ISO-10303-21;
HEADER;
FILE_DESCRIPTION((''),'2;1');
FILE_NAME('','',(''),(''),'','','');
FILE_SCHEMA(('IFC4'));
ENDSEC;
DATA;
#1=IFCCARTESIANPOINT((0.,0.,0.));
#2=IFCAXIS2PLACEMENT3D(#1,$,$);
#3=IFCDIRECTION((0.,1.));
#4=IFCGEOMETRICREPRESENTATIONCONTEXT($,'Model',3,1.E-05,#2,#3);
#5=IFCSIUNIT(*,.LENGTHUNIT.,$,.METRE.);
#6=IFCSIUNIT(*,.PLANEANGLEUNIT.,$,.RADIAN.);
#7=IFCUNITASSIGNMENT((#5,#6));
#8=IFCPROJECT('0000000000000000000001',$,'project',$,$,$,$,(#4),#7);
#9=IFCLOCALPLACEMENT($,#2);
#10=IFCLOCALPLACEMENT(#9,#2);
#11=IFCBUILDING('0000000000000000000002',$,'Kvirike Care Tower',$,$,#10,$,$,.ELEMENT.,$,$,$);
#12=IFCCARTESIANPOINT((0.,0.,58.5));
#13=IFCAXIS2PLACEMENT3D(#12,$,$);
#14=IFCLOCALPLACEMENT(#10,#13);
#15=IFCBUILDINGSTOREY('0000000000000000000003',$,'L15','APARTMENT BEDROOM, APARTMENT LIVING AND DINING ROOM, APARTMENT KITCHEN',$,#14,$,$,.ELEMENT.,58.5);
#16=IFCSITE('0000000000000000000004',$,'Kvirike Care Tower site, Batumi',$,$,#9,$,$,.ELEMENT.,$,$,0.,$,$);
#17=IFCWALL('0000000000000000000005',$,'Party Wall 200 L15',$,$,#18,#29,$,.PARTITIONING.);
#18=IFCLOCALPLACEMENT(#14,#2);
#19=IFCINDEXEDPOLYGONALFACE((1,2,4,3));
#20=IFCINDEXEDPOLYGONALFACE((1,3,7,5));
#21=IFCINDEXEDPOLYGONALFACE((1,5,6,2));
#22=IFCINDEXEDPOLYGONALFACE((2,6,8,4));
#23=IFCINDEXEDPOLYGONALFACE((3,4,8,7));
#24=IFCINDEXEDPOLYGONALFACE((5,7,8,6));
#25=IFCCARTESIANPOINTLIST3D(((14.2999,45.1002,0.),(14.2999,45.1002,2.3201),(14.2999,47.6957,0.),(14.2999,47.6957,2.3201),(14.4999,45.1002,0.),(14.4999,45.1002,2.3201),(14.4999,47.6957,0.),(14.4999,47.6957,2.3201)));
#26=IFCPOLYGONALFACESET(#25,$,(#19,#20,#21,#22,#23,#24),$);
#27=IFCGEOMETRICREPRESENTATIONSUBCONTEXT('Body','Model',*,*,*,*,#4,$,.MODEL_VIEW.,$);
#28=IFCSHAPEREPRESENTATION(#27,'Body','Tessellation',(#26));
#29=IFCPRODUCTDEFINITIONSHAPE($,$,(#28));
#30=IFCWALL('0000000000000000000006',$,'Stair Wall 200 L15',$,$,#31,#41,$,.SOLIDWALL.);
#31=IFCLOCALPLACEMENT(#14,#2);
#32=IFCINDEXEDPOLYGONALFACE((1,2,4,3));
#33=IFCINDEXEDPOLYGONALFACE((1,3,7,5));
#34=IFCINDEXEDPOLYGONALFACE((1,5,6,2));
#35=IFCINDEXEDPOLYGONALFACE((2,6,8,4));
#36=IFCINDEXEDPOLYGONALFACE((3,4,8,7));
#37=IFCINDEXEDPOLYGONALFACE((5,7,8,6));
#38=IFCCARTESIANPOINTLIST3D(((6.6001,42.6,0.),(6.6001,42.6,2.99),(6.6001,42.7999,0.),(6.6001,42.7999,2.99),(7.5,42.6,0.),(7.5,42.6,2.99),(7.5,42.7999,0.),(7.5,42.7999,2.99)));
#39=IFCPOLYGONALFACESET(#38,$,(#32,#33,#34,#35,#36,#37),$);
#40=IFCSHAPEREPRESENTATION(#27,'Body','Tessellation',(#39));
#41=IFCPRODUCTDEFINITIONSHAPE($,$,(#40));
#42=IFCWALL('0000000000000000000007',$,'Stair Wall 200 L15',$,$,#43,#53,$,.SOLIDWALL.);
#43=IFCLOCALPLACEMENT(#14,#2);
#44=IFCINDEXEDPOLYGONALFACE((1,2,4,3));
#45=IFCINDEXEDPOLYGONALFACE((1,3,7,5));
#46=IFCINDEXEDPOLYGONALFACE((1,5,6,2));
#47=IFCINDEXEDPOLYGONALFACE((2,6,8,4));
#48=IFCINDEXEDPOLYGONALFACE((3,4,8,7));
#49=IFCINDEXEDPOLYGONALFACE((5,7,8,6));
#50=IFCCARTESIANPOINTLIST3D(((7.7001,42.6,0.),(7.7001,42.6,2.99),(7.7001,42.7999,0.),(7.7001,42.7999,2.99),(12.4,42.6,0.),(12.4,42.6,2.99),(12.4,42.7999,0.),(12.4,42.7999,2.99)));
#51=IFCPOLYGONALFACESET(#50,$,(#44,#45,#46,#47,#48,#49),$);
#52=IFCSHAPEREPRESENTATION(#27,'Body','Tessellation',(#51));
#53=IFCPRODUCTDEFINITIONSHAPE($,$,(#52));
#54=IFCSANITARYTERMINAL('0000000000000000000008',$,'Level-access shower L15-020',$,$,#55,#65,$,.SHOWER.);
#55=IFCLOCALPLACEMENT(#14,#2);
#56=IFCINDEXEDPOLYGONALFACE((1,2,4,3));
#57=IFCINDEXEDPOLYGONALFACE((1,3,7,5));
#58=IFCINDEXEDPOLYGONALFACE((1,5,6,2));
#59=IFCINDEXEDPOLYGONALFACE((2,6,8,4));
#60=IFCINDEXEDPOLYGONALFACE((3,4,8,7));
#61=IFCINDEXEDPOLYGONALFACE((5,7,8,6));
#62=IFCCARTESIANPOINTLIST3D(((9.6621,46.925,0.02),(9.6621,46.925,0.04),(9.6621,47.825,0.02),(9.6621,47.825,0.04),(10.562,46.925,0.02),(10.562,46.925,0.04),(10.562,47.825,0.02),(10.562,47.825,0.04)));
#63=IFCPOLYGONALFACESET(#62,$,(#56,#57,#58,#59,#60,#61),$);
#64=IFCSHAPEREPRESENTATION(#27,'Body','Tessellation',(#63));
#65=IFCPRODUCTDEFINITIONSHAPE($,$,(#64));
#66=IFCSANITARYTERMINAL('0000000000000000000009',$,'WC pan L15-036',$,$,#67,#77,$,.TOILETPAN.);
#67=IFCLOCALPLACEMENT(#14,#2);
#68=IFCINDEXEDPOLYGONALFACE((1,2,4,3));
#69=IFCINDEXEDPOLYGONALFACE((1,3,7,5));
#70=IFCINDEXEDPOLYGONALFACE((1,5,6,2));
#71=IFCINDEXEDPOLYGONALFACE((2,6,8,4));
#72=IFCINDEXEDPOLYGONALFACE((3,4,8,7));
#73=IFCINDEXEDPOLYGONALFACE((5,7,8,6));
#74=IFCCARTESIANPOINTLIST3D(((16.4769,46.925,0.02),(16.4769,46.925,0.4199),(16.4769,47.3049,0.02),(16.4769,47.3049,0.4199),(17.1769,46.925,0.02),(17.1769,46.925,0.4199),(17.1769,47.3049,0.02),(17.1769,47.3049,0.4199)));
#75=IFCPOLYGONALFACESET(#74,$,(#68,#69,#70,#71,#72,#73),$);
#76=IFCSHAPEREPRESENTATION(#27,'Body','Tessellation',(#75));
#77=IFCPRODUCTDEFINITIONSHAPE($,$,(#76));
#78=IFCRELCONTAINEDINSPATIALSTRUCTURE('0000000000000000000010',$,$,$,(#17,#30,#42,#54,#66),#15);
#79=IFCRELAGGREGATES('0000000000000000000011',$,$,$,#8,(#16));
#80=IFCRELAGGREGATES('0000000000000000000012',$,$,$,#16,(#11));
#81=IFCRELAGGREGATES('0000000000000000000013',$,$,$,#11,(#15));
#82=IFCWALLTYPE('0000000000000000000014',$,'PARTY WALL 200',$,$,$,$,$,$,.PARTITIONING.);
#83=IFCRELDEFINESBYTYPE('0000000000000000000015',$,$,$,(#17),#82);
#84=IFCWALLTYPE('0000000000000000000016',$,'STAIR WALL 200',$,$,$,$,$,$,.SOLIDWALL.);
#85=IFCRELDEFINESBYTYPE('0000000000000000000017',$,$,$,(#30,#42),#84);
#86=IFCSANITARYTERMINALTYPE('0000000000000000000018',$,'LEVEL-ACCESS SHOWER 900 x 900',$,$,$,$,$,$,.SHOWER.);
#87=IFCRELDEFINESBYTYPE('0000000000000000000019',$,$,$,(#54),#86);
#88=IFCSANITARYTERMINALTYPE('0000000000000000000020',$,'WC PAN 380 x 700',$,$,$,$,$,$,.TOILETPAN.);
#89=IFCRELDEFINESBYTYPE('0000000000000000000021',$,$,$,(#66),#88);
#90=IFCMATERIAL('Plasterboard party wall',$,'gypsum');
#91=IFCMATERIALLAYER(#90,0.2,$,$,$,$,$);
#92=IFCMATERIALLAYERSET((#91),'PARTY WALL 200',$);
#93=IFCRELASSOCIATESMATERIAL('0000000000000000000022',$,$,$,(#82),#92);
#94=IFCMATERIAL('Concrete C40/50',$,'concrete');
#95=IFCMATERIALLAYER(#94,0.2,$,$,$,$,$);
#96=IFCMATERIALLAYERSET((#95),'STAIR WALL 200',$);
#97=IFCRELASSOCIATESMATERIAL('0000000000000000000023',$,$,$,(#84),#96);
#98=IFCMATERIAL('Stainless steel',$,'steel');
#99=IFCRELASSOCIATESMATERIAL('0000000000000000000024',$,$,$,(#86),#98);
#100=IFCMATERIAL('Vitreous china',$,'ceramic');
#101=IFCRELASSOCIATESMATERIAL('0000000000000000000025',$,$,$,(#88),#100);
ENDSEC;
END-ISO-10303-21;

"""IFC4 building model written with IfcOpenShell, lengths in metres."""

from ifc_helpers import new_model, si_unit, direction, frame, frame_2d, origin, origin_2d, place, context, subcontext, project, spatial, rectangle, extrude, material, layer, layer_set, type_object, element, save


model = new_model("IFC4")

# Units and contexts
model_context = context("Model", 3, precision=1e-05, world=origin(), true_north=direction((0.0, 1.0)))
body_context = subcontext(model_context, "Body", "Model", "MODEL_VIEW")
ifc_project = project(units=[si_unit("LENGTHUNIT", "METRE"), si_unit("PLANEANGLEUNIT", "RADIAN")], contexts=[model_context])

# Site, building, storey
site_placement = place(None, origin())
site = spatial("IfcSite", under=ifc_project, at=site_placement, Name="Kvirike Care Tower site, Batumi", CompositionType="ELEMENT", RefElevation=0.0)
building_placement = place(site_placement, origin())
building = spatial("IfcBuilding", under=site, at=building_placement, Name="Kvirike Care Tower", CompositionType="ELEMENT")
storey_placement = place(building_placement, frame((0.0, 0.0, 58.5)))
storey = spatial("IfcBuildingStorey", under=building, at=storey_placement, Name="L15", Description="APARTMENT BEDROOM, APARTMENT LIVING AND DINING ROOM, APARTMENT KITCHEN", CompositionType="ELEMENT", Elevation=58.5)

# Walls
ifc_material_1 = material(Name="Plasterboard party wall", Category="gypsum")
ifc_layer_1 = layer(ifc_material_1, 0.2)
ifc_layer_set_1 = layer_set([ifc_layer_1], Name="PARTY WALL 200")
wall_type_1 = type_object("IfcWallType", Name="PARTY WALL 200", PredefinedType="PARTITIONING", material=ifc_layer_set_1)
wall_1_placement = place(storey_placement, frame((14.3999, 45.1001, 0.0), z_axis=(0.0, 0.0, 1.0), x_axis=(0.0, 1.0, 0.0)))
element("IfcWall", 1, at=wall_1_placement, inside=storey, type_object=wall_type_1, Name="Party Wall 200 L15", PredefinedType="PARTITIONING", context=body_context, shape_type="SweptSolid", body=[
    extrude(rectangle(XDim=2.5955, YDim=0.2, at=frame_2d((1.2979, 0.0))), origin(), (0.0, 0.0, 1.0), 2.3201),
])
ifc_material_2 = material(Name="Concrete C40/50", Category="concrete")
ifc_layer_2 = layer(ifc_material_2, 0.2)
ifc_layer_set_2 = layer_set([ifc_layer_2], Name="STAIR WALL 200")
wall_type_2 = type_object("IfcWallType", Name="STAIR WALL 200", PredefinedType="SOLIDWALL", material=ifc_layer_set_2)
wall_2_placement = place(storey_placement, frame((6.6001, 42.7, 0.0), z_axis=(0.0, 0.0, 1.0), x_axis=(1.0, 0.0, 0.0)))
element("IfcWall", 2, at=wall_2_placement, inside=storey, type_object=wall_type_2, Name="Stair Wall 200 L15", PredefinedType="SOLIDWALL", context=body_context, shape_type="SweptSolid", body=[
    extrude(rectangle(XDim=0.8999, YDim=0.2, at=frame_2d((0.45, 0.0))), origin(), (0.0, 0.0, 1.0), 2.99),
])
wall_3_placement = place(storey_placement, frame((7.7, 42.7, 0.0), z_axis=(0.0, 0.0, 1.0), x_axis=(1.0, 0.0, 0.0)))
element("IfcWall", 3, at=wall_3_placement, inside=storey, type_object=wall_type_2, Name="Stair Wall 200 L15", PredefinedType="SOLIDWALL", context=body_context, shape_type="SweptSolid", body=[
    extrude(rectangle(XDim=4.7, YDim=0.2, at=frame_2d((2.3501, 0.0))), origin(), (0.0, 0.0, 1.0), 2.99),
])

# Sanitary terminals
ifc_material_3 = material(Name="Stainless steel", Category="steel")
sanitary_terminal_type_1 = type_object("IfcSanitaryTerminalType", Name="LEVEL-ACCESS SHOWER 900 x 900", PredefinedType="SHOWER", material=ifc_material_3)
sanitary_terminal_1_placement = place(storey_placement, frame((10.1121, 47.375, 0.02), z_axis=(0.0, 0.0, 1.0), x_axis=(0.0, 1.0, 0.0)))
element("IfcSanitaryTerminal", 4, at=sanitary_terminal_1_placement, inside=storey, type_object=sanitary_terminal_type_1, Name="Level-access shower L15-020", PredefinedType="SHOWER", context=body_context, shape_type="SweptSolid", body=[
    extrude(rectangle(XDim=0.8999, YDim=0.8999, at=origin_2d()), origin(), (0.0, 0.0, 1.0), 0.02),
])
ifc_material_4 = material(Name="Vitreous china", Category="ceramic")
sanitary_terminal_type_2 = type_object("IfcSanitaryTerminalType", Name="WC PAN 380 x 700", PredefinedType="TOILETPAN", material=ifc_material_4)
sanitary_terminal_2_placement = place(storey_placement, frame((16.8269, 47.115, 0.02), z_axis=(0.0, 0.0, 1.0), x_axis=(0.0, 1.0, 0.0)))
element("IfcSanitaryTerminal", 5, at=sanitary_terminal_2_placement, inside=storey, type_object=sanitary_terminal_type_2, Name="WC pan L15-036", PredefinedType="TOILETPAN", context=body_context, shape_type="SweptSolid", body=[
    extrude(rectangle(XDim=0.3799, YDim=0.7, at=origin_2d()), origin(), (0.0, 0.0, 1.0), 0.3999),
])

save(model, "model.ifc")
